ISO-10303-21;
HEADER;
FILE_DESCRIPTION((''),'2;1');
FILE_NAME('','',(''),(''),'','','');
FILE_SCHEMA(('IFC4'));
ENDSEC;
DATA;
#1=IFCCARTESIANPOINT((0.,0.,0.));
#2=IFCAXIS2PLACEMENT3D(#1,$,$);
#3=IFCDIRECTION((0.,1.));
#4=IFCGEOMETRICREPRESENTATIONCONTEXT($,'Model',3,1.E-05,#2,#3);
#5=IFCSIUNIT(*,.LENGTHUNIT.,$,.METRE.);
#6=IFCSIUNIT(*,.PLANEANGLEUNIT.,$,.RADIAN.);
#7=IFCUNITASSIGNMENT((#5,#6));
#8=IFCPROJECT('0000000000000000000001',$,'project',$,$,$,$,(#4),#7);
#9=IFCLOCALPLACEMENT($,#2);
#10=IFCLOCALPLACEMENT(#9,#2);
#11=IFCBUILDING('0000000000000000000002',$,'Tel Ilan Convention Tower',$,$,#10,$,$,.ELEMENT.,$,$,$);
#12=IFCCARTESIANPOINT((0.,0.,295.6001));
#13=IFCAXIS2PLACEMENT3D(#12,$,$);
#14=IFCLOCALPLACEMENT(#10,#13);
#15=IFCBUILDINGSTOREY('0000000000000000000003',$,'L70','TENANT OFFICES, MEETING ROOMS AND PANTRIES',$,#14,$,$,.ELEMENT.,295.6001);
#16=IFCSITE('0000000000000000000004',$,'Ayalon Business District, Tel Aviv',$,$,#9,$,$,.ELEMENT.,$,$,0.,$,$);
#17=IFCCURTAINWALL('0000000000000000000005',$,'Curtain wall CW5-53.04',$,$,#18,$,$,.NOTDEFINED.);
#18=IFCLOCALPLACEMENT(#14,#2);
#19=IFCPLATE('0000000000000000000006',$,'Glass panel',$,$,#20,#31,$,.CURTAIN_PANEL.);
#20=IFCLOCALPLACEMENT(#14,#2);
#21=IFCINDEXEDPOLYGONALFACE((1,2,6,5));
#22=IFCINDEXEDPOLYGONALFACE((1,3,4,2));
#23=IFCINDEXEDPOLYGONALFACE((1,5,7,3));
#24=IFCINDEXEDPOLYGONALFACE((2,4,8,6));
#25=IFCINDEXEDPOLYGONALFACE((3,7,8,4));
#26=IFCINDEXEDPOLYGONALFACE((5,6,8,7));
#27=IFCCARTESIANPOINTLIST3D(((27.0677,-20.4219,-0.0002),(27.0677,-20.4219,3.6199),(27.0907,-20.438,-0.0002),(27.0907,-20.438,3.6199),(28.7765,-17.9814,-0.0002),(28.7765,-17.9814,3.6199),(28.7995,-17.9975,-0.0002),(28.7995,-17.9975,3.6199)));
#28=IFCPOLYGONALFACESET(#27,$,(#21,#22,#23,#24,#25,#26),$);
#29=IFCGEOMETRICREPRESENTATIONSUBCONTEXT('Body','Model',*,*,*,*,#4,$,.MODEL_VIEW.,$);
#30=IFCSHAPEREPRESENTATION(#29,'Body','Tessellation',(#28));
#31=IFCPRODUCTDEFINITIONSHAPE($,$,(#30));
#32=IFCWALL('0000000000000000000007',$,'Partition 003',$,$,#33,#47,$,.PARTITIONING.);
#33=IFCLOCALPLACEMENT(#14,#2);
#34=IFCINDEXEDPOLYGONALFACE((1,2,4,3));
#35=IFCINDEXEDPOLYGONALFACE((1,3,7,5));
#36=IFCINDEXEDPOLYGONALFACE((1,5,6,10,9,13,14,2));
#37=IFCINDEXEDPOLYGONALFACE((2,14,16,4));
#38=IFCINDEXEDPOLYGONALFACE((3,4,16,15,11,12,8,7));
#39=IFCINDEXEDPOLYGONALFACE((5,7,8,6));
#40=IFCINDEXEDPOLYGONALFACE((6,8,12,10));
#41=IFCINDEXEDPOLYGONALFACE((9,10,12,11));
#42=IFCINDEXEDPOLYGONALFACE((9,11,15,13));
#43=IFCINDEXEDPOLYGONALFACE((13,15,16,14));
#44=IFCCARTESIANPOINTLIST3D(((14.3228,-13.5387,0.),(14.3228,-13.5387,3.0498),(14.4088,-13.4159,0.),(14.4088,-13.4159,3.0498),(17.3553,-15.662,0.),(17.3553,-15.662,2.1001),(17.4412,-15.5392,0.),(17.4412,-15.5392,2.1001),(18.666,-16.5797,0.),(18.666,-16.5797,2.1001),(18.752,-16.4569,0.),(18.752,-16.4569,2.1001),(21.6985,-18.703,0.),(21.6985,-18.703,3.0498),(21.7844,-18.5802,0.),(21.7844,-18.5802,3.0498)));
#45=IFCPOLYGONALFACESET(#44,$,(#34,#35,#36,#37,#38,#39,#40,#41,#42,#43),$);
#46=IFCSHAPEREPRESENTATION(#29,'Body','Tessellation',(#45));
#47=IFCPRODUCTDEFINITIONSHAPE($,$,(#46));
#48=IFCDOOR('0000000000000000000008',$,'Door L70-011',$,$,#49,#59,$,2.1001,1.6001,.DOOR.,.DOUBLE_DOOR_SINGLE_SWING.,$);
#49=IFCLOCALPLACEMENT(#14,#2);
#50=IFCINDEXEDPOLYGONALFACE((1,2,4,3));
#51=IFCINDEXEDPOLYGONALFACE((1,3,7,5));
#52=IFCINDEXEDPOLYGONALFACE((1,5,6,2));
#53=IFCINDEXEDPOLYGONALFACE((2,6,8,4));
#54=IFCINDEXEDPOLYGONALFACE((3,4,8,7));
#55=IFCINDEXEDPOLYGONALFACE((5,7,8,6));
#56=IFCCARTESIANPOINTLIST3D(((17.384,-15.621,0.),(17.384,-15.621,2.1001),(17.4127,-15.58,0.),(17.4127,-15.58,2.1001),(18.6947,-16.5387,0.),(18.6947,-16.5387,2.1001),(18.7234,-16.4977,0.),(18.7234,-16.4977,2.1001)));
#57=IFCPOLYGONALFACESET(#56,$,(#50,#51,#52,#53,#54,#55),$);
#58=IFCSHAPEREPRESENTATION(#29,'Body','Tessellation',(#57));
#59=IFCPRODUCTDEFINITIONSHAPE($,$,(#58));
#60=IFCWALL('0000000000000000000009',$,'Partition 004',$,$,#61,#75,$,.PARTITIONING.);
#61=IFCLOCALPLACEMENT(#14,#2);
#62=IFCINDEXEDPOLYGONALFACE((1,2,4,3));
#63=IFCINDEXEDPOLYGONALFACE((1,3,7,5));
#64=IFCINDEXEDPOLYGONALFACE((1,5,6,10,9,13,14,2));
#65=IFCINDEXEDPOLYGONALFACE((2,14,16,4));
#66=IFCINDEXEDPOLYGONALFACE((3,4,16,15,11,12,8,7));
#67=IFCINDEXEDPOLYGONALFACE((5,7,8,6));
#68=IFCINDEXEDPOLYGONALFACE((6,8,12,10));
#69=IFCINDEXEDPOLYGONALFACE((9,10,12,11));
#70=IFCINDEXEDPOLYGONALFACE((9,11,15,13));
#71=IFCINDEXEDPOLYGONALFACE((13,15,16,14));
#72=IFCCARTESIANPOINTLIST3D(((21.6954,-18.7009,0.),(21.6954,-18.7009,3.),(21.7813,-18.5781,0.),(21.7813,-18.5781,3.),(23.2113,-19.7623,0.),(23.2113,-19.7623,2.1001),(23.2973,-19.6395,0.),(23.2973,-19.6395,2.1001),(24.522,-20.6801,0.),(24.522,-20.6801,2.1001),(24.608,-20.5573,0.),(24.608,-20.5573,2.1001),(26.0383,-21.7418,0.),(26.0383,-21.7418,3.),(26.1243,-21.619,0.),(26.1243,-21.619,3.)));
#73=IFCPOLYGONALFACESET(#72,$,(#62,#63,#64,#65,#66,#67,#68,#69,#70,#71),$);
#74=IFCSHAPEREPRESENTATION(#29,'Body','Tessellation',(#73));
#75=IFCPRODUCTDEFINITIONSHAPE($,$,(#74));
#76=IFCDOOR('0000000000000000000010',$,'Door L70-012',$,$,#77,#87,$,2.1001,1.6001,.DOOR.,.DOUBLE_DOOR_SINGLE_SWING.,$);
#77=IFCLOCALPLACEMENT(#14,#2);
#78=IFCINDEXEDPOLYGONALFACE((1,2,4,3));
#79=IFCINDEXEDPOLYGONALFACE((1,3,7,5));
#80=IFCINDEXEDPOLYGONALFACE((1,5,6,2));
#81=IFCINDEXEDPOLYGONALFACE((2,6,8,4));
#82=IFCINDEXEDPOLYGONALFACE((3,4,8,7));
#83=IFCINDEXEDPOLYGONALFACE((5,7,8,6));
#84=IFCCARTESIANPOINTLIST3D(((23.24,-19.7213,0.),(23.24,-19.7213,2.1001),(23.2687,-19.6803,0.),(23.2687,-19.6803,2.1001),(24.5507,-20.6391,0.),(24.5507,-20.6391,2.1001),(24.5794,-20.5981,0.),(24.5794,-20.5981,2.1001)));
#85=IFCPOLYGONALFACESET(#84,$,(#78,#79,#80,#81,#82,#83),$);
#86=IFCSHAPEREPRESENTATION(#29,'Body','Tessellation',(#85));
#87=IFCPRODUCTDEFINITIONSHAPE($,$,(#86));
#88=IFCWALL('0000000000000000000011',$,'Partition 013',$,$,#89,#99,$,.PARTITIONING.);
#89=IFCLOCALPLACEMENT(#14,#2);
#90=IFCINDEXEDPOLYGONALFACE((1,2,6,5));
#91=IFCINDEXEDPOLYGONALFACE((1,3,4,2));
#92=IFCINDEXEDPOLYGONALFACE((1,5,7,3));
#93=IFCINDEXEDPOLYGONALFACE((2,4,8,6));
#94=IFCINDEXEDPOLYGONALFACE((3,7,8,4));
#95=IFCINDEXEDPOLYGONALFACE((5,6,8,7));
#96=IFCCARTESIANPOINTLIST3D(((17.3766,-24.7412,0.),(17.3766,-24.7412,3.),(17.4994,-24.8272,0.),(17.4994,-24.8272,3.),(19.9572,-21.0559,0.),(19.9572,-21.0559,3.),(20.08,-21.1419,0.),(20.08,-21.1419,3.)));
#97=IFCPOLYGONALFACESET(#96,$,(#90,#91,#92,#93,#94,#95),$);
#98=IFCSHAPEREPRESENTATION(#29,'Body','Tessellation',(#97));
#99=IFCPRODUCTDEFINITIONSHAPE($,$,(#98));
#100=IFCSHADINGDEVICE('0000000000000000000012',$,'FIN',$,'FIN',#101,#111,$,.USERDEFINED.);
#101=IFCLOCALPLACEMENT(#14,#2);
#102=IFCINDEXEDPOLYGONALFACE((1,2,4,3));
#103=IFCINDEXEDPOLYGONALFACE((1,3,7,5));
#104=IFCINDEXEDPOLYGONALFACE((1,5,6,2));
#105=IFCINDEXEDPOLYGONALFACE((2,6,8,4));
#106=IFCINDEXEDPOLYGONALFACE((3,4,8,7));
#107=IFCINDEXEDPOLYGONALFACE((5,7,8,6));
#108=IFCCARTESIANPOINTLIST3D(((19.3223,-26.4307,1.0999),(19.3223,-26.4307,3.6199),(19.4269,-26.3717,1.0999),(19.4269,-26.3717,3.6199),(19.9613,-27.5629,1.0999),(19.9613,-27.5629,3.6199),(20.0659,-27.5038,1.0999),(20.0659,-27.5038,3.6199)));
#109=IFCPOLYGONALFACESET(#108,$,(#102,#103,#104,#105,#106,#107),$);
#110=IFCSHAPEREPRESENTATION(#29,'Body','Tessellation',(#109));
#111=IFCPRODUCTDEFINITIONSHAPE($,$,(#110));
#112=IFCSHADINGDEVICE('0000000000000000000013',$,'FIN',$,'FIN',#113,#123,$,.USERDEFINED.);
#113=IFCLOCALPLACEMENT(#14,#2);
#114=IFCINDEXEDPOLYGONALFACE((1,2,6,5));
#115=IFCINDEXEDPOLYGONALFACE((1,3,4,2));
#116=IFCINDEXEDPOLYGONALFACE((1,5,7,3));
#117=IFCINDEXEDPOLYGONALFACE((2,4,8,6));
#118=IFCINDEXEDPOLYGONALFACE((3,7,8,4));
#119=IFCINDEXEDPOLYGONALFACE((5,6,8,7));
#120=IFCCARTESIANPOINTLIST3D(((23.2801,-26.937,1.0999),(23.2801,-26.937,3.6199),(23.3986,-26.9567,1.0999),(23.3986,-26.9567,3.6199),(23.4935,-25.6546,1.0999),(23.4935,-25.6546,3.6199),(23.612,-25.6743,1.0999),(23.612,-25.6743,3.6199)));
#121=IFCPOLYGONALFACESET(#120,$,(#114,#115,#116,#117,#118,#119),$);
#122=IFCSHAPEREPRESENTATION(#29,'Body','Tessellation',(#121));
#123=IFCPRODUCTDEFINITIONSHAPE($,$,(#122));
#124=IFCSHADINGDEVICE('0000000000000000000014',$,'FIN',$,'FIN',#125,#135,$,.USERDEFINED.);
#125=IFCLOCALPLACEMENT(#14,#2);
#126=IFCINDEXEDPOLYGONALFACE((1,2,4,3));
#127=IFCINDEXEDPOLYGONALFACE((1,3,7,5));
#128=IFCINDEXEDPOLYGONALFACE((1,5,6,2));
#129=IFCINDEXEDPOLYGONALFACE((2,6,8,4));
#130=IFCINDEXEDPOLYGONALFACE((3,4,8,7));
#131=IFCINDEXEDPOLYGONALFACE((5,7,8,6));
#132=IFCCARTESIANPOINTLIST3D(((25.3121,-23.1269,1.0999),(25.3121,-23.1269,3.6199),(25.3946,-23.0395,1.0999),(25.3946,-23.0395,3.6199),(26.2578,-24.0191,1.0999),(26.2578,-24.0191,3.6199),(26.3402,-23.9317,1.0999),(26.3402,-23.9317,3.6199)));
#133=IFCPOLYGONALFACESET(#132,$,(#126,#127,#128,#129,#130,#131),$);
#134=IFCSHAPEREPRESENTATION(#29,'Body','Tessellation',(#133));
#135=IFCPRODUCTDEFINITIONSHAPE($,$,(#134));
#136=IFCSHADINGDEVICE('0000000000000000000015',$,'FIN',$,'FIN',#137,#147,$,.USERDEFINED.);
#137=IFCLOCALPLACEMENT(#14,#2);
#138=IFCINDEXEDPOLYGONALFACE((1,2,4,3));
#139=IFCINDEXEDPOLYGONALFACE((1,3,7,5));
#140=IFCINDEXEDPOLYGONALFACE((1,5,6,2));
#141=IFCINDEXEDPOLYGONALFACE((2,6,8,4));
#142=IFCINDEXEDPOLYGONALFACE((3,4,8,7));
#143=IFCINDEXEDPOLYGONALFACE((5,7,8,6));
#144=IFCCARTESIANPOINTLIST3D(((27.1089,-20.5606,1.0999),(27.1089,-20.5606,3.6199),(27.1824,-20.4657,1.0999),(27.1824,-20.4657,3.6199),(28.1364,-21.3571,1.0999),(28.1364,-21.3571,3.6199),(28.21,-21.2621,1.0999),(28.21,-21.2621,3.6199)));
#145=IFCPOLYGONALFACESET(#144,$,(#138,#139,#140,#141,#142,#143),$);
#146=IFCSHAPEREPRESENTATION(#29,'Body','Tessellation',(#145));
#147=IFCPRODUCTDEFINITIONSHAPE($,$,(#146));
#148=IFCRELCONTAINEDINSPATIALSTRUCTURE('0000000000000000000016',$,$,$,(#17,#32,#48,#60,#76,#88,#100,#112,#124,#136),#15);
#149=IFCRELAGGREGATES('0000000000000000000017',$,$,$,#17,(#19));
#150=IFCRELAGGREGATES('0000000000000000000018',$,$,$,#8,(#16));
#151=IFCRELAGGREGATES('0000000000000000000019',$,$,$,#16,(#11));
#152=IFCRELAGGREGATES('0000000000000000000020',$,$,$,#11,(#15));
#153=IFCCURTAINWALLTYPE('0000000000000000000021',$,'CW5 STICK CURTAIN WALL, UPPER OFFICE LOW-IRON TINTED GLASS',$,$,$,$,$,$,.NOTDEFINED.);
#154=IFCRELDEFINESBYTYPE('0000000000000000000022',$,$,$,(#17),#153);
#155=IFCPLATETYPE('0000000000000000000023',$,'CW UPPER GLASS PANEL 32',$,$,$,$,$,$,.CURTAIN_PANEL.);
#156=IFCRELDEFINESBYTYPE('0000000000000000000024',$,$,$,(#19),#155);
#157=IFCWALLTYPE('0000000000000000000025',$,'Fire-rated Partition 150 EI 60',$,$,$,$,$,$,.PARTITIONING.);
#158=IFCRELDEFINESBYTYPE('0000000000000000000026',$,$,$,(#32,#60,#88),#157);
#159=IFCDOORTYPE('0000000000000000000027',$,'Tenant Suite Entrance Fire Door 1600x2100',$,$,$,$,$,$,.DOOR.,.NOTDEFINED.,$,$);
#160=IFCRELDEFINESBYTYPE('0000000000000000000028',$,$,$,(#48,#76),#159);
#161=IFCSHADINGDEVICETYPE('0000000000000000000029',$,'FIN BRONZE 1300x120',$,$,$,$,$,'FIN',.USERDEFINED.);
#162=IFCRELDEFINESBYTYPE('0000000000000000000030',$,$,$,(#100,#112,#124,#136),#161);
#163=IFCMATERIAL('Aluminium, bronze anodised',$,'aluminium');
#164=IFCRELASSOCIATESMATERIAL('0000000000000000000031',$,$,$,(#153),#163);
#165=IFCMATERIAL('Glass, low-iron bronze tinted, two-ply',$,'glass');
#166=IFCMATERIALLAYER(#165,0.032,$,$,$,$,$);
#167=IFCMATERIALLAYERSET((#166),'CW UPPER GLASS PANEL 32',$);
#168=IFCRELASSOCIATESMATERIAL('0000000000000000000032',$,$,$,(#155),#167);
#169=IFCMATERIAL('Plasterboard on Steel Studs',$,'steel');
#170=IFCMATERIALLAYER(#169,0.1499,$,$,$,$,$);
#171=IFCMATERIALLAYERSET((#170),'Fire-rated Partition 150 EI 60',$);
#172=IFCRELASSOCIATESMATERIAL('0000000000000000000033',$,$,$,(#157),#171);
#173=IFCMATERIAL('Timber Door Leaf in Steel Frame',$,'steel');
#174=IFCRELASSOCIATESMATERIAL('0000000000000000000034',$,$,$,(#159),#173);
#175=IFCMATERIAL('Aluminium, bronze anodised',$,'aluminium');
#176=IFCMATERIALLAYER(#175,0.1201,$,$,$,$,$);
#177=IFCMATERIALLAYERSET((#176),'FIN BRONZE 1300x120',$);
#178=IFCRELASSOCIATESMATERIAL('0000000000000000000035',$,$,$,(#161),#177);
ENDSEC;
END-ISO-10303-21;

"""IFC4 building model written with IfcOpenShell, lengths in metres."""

from ifc_helpers import new_model, si_unit, direction, frame, frame_2d, origin, origin_2d, place, context, subcontext, project, spatial, rectangle, extrude, material, layer, layer_set, type_object, element, fill, aggregate, save


model = new_model("IFC4")

# Units and contexts
model_context = context("Model", 3, precision=1e-05, world=origin(), true_north=direction((0.0, 1.0)))
body_context = subcontext(model_context, "Body", "Model", "MODEL_VIEW")
ifc_project = project(units=[si_unit("LENGTHUNIT", "METRE"), si_unit("PLANEANGLEUNIT", "RADIAN")], contexts=[model_context])

# Site, building, storey
site_placement = place(None, origin())
site = spatial("IfcSite", under=ifc_project, at=site_placement, Name="Ayalon Business District, Tel Aviv", CompositionType="ELEMENT", RefElevation=0.0)
building_placement = place(site_placement, origin())
building = spatial("IfcBuilding", under=site, at=building_placement, Name="Tel Ilan Convention Tower", CompositionType="ELEMENT")
storey_placement = place(building_placement, frame((0.0, 0.0, 295.6001)))
storey = spatial("IfcBuildingStorey", under=building, at=storey_placement, Name="L70", Description="TENANT OFFICES, MEETING ROOMS AND PANTRIES", CompositionType="ELEMENT", Elevation=295.6001)

# Curtain wall, plate
ifc_material_1 = material(Name="Aluminium, bronze anodised", Category="aluminium")
curtain_wall_type = type_object("IfcCurtainWallType", Name="CW5 STICK CURTAIN WALL, UPPER OFFICE LOW-IRON TINTED GLASS", PredefinedType="NOTDEFINED", material=ifc_material_1)
curtain_wall_placement = place(storey_placement, origin())
curtain_wall = element("IfcCurtainWall", 1, at=curtain_wall_placement, inside=storey, type_object=curtain_wall_type, Name="Curtain wall CW5-53.04", PredefinedType="NOTDEFINED")
ifc_material_2 = material(Name="Glass, low-iron bronze tinted, two-ply", Category="glass")
ifc_layer_1 = layer(ifc_material_2, 0.032)
ifc_layer_set_1 = layer_set([ifc_layer_1], Name="CW UPPER GLASS PANEL 32")
plate_type = type_object("IfcPlateType", Name="CW UPPER GLASS PANEL 32", PredefinedType="CURTAIN_PANEL", material=ifc_layer_set_1)
plate_1_placement = place(storey_placement, frame((27.9336, -19.2097, -0.0002), z_axis=(0.0, 0.0, 1.0), x_axis=(0.573576, 0.819152, 0.0)))
plate_1 = element("IfcPlate", 2, at=plate_1_placement, type_object=plate_type, Name="Glass panel", PredefinedType="CURTAIN_PANEL", context=body_context, shape_type="SweptSolid", body=[
    extrude(rectangle(XDim=2.9792, YDim=0.0281, at=origin_2d()), origin(), (0.0, 0.0, 1.0), 3.6201),
])
aggregate(curtain_wall, [plate_1])

# Walls, openings, doors
ifc_material_3 = material(Name="Plasterboard on Steel Studs", Category="steel")
ifc_layer_2 = layer(ifc_material_3, 0.1499)
ifc_layer_set_2 = layer_set([ifc_layer_2], Name="Fire-rated Partition 150 EI 60")
wall_type = type_object("IfcWallType", Name="Fire-rated Partition 150 EI 60", PredefinedType="PARTITIONING", material=ifc_layer_set_2)
wall_1_placement = place(storey_placement, frame((21.7415, -18.6416, 0.0), z_axis=(0.0, 0.0, 1.0), x_axis=(-0.819164, 0.573559, 0.0)))
wall_1 = element("IfcWall", 3, at=wall_1_placement, inside=storey, type_object=wall_type, Name="Partition 003", PredefinedType="PARTITIONING", context=body_context, shape_type="SweptSolid", body=[
    extrude(rectangle(XDim=9.0039, YDim=0.1499, at=frame_2d((4.502, 0.0))), origin(), (0.0, 0.0, 1.0), 3.0498),
])
opening_1_placement = place(wall_1_placement, frame((3.7019, 0.0, 0.0)))
opening_1 = element("IfcOpeningElement", 4, at=opening_1_placement, cuts=wall_1, PredefinedType="OPENING", context=body_context, shape_type="SweptSolid", body=[
    extrude(rectangle(XDim=1.6001, YDim=2.1001, at=frame_2d((0.8, 1.05))), frame((0.0, 0.085, 0.0), z_axis=(0.0, -1.0, 0.0), x_axis=(1.0, 0.0, 0.0)), (0.0, 0.0, 1.0), 0.1699),
])
ifc_material_4 = material(Name="Timber Door Leaf in Steel Frame", Category="steel")
door_type = type_object("IfcDoorType", Name="Tenant Suite Entrance Fire Door 1600x2100", OperationType="NOTDEFINED", PredefinedType="DOOR", material=ifc_material_4)
door_1_placement = place(opening_1_placement, origin())
door_1 = element("IfcDoor", 5, at=door_1_placement, inside=storey, type_object=door_type, Name="Door L70-011", OperationType="DOUBLE_DOOR_SINGLE_SWING", OverallHeight=2.1001, OverallWidth=1.6001, PredefinedType="DOOR", context=body_context, shape_type="SweptSolid", body=[
    extrude(rectangle(XDim=1.6001, YDim=2.1001, at=frame_2d((0.8, 1.05))), frame((0.0, 0.0249, 0.0), z_axis=(0.0, -1.0, 0.0), x_axis=(1.0, 0.0, 0.0)), (0.0, 0.0, 1.0), 0.05),
])
fill(opening_1, door_1)
wall_2_placement = place(storey_placement, frame((26.0813, -21.6804, 0.0), z_axis=(0.0, 0.0, 1.0), x_axis=(-0.819152, 0.573577, 0.0)))
wall_2 = element("IfcWall", 6, at=wall_2_placement, inside=storey, type_object=wall_type, Name="Partition 004", PredefinedType="PARTITIONING", context=body_context, shape_type="SweptSolid", body=[
    extrude(rectangle(XDim=5.3018, YDim=0.1499, at=frame_2d((2.6509, 0.0))), origin(), (0.0, 0.0, 1.0), 3.0),
])
opening_2_placement = place(wall_2_placement, frame((1.8511, 0.0, 0.0)))
opening_2 = element("IfcOpeningElement", 7, at=opening_2_placement, cuts=wall_2, PredefinedType="OPENING", context=body_context, shape_type="SweptSolid", body=[
    extrude(rectangle(XDim=1.6001, YDim=2.1001, at=frame_2d((0.8, 1.05))), frame((0.0, 0.085, 0.0), z_axis=(0.0, -1.0, 0.0), x_axis=(1.0, 0.0, 0.0)), (0.0, 0.0, 1.0), 0.1699),
])
door_2_placement = place(opening_2_placement, origin())
door_2 = element("IfcDoor", 8, at=door_2_placement, inside=storey, type_object=door_type, Name="Door L70-012", OperationType="DOUBLE_DOOR_SINGLE_SWING", OverallHeight=2.1001, OverallWidth=1.6001, PredefinedType="DOOR", context=body_context, shape_type="SweptSolid", body=[
    extrude(rectangle(XDim=1.6001, YDim=2.1001, at=frame_2d((0.8, 1.05))), frame((0.0, 0.0249, 0.0), z_axis=(0.0, -1.0, 0.0), x_axis=(1.0, 0.0, 0.0)), (0.0, 0.0, 1.0), 0.05),
])
fill(opening_2, door_2)

# Wall
wall_3_placement = place(storey_placement, frame((20.0186, -21.0989, 0.0), z_axis=(0.0, 0.0, 1.0), x_axis=(-0.57359, -0.819143, 0.0)))
element("IfcWall", 9, at=wall_3_placement, inside=storey, type_object=wall_type, Name="Partition 013", PredefinedType="PARTITIONING", context=body_context, shape_type="SweptSolid", body=[
    extrude(rectangle(XDim=4.499, YDim=0.1499, at=frame_2d((2.2495, 0.0))), origin(), (0.0, 0.0, 1.0), 3.0),
])

# Shading devices
ifc_material_5 = material(Name="Aluminium, bronze anodised", Category="aluminium")
ifc_layer_3 = layer(ifc_material_5, 0.1201)
ifc_layer_set_3 = layer_set([ifc_layer_3], Name="FIN BRONZE 1300x120")
shading_device_type = type_object("IfcShadingDeviceType", Name="FIN BRONZE 1300x120", ElementType="FIN", PredefinedType="USERDEFINED", material=ifc_layer_set_3)
for number, where, z_axis, x_axis, name in (
    (10, (19.6941, -26.9673, 1.0999), (0.0, 0.0, 1.0), (0.491579, -0.870833, 0.0), "FIN"),
    (11, (23.446, -26.3057, 1.0999), (0.0, 0.0, 1.0), (-0.164091, -0.986445, 0.0), "FIN"),
    (12, (25.8262, -23.5293, 1.0999), (0.0, 0.0, 1.0), (0.727374, -0.686242, 0.0), "FIN"),
    (13, (27.6594, -20.9114, 1.0999), (0.0, 0.0, 1.0), (0.790393, -0.612601, 0.0), "FIN"),
):
    element("IfcShadingDevice", number, at=place(storey_placement, frame(where, z_axis=z_axis, x_axis=x_axis)), inside=storey, type_object=shading_device_type, Name=name, ObjectType="FIN", PredefinedType="USERDEFINED", context=body_context, shape_type="SweptSolid", body=[
        extrude(rectangle(XDim=1.3, YDim=0.1201, at=origin_2d()), origin(), (0.0, 0.0, 1.0), 2.52),
    ])

save(model, "model.ifc")
